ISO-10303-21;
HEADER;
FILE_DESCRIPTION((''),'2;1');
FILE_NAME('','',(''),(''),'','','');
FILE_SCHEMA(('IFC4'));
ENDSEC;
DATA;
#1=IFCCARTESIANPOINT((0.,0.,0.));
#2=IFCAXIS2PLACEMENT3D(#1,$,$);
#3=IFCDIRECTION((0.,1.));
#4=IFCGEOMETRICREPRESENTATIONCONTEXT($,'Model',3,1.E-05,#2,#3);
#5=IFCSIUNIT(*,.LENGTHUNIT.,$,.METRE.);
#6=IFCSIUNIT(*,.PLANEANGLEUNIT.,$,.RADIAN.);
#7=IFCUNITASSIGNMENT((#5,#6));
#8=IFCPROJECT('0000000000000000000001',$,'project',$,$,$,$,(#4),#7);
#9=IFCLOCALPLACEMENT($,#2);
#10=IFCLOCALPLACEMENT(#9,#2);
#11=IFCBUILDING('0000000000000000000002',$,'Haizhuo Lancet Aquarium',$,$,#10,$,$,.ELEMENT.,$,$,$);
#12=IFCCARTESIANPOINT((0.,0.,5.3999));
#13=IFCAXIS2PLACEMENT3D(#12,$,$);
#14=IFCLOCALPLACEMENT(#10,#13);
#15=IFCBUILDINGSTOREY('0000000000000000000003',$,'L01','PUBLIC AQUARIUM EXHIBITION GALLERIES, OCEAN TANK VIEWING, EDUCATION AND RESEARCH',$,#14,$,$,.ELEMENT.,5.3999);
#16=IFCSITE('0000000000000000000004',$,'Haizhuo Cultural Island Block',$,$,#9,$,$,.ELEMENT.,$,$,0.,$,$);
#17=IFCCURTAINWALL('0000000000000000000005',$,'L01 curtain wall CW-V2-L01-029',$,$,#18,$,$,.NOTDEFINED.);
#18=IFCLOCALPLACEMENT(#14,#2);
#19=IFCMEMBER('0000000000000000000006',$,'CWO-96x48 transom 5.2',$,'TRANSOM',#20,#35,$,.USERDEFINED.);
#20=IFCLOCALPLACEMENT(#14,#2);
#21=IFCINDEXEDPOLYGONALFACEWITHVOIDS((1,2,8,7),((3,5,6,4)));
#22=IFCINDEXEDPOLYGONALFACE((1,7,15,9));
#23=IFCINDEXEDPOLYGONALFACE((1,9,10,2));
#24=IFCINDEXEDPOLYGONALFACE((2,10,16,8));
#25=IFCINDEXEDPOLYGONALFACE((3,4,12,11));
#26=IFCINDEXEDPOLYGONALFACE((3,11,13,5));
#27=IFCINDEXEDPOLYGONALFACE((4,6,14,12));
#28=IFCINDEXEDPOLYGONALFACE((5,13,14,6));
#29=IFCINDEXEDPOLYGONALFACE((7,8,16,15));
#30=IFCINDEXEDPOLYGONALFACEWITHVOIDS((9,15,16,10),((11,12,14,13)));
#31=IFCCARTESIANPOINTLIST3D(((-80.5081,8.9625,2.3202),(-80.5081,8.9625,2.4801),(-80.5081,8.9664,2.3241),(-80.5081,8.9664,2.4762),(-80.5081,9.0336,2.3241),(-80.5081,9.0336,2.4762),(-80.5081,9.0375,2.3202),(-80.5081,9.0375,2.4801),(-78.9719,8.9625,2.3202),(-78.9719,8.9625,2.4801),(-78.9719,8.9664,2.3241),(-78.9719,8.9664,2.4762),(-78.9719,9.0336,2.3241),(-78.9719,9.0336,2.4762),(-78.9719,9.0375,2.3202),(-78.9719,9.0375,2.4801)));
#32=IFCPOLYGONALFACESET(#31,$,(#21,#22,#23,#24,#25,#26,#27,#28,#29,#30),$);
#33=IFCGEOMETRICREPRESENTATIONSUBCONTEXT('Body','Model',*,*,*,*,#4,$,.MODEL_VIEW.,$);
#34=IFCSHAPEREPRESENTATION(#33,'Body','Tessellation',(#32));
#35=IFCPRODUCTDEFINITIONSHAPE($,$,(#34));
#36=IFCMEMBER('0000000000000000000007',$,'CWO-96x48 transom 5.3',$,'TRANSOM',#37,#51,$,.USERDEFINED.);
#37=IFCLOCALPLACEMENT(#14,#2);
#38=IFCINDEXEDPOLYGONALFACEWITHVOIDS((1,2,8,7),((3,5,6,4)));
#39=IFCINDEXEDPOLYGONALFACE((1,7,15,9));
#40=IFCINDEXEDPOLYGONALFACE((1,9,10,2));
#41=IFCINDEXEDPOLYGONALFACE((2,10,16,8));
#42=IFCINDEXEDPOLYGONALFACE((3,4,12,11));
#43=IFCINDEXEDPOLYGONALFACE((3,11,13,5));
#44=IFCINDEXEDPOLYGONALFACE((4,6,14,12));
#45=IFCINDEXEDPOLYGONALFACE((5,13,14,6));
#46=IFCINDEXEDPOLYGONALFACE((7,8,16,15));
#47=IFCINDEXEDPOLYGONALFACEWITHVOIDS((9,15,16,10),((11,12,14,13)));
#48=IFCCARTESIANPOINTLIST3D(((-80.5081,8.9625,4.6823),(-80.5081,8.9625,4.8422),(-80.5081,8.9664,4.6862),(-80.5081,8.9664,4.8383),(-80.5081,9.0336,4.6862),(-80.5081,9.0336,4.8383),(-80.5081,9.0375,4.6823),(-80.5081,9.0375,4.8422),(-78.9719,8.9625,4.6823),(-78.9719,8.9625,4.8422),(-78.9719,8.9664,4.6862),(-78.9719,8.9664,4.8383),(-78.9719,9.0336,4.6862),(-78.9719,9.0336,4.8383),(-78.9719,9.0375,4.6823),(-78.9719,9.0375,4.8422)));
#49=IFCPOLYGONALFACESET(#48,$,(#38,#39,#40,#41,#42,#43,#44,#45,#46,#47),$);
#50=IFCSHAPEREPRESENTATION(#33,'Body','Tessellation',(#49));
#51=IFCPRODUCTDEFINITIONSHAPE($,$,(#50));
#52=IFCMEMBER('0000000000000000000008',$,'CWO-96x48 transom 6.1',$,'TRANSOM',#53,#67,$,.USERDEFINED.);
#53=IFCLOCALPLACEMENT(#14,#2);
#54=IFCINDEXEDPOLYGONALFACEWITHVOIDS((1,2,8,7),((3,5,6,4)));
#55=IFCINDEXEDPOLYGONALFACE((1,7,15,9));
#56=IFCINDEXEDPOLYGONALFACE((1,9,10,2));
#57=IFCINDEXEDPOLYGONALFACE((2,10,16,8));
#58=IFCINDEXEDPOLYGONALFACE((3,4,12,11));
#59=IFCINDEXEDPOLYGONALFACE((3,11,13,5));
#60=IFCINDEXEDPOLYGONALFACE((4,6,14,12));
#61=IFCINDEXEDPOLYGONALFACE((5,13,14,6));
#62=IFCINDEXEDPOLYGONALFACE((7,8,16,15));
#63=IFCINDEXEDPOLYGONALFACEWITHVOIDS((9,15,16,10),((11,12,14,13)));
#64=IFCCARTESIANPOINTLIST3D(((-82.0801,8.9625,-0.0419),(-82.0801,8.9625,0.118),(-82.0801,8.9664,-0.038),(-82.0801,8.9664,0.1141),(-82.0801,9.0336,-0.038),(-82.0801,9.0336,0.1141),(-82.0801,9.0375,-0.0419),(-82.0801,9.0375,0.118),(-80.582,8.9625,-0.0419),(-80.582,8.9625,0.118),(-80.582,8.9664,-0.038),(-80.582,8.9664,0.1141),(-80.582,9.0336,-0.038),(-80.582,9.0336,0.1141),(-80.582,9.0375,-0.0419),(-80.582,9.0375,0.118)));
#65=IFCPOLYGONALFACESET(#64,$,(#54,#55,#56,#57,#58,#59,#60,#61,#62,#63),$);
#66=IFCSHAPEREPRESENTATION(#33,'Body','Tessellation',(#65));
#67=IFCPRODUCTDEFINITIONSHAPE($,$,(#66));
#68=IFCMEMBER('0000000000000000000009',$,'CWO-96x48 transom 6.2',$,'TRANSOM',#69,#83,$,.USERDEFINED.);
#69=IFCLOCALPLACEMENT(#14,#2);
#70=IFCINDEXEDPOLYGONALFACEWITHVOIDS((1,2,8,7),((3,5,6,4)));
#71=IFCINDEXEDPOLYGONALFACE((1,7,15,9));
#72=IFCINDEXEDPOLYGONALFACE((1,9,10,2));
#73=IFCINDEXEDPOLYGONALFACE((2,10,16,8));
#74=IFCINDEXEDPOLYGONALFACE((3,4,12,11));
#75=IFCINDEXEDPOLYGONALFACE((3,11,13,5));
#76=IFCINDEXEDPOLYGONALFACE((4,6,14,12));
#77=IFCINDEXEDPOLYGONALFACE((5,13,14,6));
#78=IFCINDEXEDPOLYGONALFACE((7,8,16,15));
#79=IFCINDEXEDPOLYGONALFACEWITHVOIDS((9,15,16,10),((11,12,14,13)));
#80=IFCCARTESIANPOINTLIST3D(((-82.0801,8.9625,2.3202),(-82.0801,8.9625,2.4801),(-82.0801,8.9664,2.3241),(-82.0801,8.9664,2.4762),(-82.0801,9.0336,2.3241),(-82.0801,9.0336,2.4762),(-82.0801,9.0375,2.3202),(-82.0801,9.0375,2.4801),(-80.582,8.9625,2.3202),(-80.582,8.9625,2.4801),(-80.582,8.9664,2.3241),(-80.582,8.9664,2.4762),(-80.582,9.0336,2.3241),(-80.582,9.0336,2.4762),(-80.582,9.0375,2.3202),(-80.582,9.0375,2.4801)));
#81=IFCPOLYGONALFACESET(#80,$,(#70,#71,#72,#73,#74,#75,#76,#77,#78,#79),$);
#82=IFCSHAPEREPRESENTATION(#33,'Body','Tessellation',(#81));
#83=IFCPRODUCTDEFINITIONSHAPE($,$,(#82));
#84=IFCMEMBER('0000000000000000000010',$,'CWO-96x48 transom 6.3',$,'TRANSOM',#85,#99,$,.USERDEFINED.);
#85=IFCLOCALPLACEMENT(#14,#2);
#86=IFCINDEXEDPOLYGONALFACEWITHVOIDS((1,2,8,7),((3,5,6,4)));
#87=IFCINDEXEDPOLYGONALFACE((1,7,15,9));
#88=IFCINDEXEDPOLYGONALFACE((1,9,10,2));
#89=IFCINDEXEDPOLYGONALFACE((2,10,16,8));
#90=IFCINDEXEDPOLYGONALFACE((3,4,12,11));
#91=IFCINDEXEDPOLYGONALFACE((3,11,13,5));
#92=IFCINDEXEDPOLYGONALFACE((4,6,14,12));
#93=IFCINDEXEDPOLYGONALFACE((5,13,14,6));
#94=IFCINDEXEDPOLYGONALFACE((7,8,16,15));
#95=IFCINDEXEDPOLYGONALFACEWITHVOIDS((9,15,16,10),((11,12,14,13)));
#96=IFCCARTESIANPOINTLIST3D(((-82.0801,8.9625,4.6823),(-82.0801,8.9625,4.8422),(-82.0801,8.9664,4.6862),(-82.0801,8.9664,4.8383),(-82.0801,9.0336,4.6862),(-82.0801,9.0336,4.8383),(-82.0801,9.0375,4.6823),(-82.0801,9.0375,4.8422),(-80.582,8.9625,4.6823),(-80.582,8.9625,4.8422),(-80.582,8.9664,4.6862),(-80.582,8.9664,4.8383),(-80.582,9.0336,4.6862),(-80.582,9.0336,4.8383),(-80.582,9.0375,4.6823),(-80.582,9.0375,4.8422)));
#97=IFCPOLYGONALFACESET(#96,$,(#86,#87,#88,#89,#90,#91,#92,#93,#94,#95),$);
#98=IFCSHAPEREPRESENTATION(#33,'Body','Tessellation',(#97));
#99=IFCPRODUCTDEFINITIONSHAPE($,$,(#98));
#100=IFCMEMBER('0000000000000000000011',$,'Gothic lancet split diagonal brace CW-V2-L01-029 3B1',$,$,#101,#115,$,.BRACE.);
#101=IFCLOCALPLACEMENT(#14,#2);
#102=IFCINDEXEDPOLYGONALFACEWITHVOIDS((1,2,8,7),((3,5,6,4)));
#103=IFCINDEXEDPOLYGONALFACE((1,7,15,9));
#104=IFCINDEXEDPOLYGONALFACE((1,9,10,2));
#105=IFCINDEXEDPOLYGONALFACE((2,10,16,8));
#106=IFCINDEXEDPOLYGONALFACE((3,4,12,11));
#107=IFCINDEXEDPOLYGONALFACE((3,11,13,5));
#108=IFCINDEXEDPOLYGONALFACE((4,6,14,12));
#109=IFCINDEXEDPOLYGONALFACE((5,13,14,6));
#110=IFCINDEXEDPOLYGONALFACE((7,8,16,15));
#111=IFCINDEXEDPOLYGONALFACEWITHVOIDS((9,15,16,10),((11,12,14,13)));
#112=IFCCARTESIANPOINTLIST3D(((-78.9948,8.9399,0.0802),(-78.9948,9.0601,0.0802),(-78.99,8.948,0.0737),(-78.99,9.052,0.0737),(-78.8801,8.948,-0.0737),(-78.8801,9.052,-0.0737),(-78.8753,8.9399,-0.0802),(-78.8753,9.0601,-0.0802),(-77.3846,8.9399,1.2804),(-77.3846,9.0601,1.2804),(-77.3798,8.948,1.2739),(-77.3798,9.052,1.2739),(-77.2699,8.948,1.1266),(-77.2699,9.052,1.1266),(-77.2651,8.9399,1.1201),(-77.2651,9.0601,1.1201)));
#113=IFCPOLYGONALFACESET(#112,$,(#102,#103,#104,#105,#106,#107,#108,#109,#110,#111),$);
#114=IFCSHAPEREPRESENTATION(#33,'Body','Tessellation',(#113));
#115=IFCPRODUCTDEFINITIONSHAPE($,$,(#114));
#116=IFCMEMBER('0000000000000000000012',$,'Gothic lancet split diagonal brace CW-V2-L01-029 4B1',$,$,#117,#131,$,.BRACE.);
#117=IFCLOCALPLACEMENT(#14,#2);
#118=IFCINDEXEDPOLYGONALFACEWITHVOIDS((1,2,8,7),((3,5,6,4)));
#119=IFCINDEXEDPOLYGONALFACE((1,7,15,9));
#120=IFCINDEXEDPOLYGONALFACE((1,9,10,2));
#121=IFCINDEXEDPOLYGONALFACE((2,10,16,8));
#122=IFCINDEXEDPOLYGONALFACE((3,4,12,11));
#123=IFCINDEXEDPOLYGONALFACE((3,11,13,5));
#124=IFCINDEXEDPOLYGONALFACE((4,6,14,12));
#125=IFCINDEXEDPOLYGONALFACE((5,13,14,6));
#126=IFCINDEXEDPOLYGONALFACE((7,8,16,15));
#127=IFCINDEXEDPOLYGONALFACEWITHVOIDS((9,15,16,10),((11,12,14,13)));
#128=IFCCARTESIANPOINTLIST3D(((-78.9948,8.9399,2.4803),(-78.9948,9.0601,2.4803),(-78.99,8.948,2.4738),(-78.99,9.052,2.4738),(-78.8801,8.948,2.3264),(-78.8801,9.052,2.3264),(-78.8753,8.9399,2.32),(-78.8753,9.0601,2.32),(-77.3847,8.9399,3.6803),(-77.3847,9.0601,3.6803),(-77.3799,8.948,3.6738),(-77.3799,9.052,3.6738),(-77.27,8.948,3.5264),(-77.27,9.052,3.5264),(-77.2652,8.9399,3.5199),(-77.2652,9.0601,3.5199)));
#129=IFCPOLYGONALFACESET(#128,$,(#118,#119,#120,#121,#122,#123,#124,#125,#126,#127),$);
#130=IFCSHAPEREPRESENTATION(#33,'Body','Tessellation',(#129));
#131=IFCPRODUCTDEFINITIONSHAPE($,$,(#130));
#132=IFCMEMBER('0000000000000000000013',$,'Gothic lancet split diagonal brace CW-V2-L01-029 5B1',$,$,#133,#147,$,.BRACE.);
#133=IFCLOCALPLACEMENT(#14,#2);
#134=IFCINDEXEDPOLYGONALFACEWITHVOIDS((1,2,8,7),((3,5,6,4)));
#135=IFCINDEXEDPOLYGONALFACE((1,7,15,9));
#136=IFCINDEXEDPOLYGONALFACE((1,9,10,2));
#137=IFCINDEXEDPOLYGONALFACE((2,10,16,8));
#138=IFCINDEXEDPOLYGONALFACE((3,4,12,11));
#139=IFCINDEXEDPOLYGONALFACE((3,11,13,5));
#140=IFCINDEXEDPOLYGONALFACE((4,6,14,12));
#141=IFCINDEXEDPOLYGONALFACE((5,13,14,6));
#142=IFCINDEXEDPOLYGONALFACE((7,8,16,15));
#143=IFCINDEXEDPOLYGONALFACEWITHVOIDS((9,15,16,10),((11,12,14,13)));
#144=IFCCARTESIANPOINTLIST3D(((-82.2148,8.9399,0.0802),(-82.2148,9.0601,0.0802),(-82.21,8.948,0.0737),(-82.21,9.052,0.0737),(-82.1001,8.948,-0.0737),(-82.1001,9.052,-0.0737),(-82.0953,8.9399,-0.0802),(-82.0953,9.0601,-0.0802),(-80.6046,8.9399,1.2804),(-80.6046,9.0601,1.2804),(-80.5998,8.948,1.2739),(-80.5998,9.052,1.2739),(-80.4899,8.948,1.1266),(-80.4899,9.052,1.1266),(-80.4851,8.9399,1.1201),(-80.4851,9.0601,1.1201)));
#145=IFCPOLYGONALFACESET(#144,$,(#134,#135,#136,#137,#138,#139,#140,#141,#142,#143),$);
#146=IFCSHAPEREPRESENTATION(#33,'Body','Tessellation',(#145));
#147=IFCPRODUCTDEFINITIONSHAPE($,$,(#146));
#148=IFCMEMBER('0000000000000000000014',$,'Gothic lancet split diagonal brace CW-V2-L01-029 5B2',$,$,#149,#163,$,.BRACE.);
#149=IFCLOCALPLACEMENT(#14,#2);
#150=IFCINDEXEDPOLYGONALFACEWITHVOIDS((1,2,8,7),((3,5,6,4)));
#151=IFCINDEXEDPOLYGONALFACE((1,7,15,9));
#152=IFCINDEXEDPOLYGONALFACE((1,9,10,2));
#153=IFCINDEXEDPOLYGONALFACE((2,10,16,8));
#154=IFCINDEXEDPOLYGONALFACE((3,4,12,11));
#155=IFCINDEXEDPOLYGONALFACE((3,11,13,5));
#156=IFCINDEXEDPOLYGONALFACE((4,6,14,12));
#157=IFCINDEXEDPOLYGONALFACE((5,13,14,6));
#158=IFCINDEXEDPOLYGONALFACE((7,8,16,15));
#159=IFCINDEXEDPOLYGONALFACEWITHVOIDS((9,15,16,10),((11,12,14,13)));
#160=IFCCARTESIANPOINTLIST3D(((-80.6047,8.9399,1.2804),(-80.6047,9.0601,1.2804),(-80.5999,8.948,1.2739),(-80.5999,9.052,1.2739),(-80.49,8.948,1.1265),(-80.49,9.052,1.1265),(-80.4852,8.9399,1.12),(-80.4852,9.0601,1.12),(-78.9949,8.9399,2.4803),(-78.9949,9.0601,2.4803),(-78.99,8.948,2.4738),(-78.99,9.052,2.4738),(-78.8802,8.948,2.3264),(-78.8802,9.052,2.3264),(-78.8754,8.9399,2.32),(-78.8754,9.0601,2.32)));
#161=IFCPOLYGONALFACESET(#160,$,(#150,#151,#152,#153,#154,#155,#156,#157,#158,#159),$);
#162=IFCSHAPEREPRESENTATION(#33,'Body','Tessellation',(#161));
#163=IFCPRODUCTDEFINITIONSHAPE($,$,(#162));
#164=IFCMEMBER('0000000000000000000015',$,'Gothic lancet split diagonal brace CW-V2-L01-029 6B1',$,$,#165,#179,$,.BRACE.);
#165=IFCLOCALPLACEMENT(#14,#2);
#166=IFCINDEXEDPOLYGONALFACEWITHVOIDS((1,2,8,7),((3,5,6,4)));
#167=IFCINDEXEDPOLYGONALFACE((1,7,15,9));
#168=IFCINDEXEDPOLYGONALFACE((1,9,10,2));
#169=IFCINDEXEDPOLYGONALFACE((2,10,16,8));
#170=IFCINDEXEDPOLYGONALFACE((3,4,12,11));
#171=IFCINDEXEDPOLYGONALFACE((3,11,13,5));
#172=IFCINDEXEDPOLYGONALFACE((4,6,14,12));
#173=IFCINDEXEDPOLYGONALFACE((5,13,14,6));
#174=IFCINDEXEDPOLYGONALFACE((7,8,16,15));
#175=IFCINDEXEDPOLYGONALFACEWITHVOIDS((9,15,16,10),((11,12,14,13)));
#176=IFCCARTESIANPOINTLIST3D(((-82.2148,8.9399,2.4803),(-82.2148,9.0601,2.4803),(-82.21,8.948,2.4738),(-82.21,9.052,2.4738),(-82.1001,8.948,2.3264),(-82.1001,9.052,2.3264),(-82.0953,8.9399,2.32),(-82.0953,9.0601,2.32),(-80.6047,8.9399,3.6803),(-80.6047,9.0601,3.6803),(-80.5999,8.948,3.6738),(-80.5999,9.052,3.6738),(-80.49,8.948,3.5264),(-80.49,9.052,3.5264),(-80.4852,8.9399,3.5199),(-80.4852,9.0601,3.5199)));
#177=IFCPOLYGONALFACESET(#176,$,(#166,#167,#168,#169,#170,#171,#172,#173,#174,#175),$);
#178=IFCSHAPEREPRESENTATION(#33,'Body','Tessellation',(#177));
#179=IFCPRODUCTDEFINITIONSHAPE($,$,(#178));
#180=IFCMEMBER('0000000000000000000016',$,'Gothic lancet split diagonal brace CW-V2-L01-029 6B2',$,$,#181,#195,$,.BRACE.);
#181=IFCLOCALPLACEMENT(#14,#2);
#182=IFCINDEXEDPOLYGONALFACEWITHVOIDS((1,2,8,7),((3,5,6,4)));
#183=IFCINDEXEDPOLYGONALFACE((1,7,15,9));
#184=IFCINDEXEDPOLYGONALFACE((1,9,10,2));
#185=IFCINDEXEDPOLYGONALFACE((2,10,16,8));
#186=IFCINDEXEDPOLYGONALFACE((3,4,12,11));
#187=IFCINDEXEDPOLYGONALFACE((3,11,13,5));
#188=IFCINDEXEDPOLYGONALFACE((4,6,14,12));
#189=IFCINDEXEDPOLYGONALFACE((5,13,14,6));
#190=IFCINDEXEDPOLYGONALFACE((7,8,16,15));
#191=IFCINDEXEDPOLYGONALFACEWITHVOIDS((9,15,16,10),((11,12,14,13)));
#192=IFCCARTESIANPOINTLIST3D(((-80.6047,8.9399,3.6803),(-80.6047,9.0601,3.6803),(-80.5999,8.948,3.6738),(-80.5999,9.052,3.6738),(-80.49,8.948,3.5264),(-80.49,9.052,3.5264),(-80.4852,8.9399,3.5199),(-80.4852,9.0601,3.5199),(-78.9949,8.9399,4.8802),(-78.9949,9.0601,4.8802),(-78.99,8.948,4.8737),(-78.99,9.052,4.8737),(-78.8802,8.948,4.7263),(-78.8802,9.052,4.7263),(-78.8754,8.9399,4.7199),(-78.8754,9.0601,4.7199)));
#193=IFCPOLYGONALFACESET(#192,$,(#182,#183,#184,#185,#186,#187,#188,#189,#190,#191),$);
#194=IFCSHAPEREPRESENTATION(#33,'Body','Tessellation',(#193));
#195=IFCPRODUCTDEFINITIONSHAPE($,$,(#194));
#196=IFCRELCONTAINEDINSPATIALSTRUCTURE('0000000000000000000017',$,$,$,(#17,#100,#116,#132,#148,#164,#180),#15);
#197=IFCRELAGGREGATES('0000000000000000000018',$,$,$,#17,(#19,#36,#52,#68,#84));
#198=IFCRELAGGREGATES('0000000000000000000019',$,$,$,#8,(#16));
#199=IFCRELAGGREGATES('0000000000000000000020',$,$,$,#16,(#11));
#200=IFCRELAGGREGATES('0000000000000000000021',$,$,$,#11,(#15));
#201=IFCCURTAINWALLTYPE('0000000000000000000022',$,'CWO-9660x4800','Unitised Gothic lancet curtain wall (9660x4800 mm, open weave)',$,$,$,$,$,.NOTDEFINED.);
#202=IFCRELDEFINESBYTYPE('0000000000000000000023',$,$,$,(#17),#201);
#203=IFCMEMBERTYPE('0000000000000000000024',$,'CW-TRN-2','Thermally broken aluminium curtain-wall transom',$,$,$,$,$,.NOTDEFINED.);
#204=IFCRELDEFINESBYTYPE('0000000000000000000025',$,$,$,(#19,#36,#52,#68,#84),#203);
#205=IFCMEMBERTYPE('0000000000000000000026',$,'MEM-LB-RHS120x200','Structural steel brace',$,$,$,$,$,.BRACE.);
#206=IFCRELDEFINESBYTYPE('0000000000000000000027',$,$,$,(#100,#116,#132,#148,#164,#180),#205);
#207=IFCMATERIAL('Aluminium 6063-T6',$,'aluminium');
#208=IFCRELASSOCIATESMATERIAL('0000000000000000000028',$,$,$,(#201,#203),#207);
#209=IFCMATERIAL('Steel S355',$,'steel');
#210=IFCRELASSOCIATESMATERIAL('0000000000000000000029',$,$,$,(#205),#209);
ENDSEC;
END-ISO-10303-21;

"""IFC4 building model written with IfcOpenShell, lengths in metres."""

from ifc_helpers import new_model, si_unit, direction, frame, origin, origin_2d, place, context, subcontext, project, spatial, hollow_rectangle, extrude, material, material_profile, profile_set, type_object, element, aggregate, save


model = new_model("IFC4")

# Units and contexts
model_context = context("Model", 3, precision=1e-05, world=origin(), true_north=direction((0.0, 1.0)))
body_context = subcontext(model_context, "Body", "Model", "MODEL_VIEW")
ifc_project = project(units=[si_unit("LENGTHUNIT", "METRE"), si_unit("PLANEANGLEUNIT", "RADIAN")], contexts=[model_context])

# Site, building, storey
site_placement = place(None, origin())
site = spatial("IfcSite", under=ifc_project, at=site_placement, Name="Haizhuo Cultural Island Block", CompositionType="ELEMENT", RefElevation=0.0)
building_placement = place(site_placement, origin())
building = spatial("IfcBuilding", under=site, at=building_placement, Name="Haizhuo Lancet Aquarium", CompositionType="ELEMENT")
storey_placement = place(building_placement, frame((0.0, 0.0, 5.3999)))
storey = spatial("IfcBuildingStorey", under=building, at=storey_placement, Name="L01", Description="PUBLIC AQUARIUM EXHIBITION GALLERIES, OCEAN TANK VIEWING, EDUCATION AND RESEARCH", CompositionType="ELEMENT", Elevation=5.3999)

# Shared definitions
ifc_material_1 = material(Name="Steel S355", Category="steel")

# Curtain wall, members
ifc_material_2 = material(Name="Aluminium 6063-T6", Category="aluminium")
curtain_wall_type = type_object("IfcCurtainWallType", Name="CWO-9660x4800", Description="Unitised Gothic lancet curtain wall (9660x4800 mm, open weave)", PredefinedType="NOTDEFINED", material=ifc_material_2)
curtain_wall_placement = place(storey_placement, origin())
curtain_wall = element("IfcCurtainWall", 1, at=curtain_wall_placement, inside=storey, type_object=curtain_wall_type, Name="L01 curtain wall CW-V2-L01-029", PredefinedType="NOTDEFINED")
ifc_material_profile_1 = material_profile(ifc_material_2, hollow_rectangle(XDim=0.075, YDim=0.1599, WallThickness=0.0039, at=origin_2d()), Name="ALU-T 75x160x4")
ifc_profile_set_1 = profile_set([ifc_material_profile_1], Name="Aluminium 6063-T6")
member_type_1 = type_object("IfcMemberType", Name="CW-TRN-2", Description="Thermally broken aluminium curtain-wall transom", PredefinedType="NOTDEFINED", material=ifc_profile_set_1)
member_1_placement = place(storey_placement, frame((-78.9719, 9.0, 2.4001), z_axis=(-1.0, 0.0, 0.0), x_axis=(0.0, -1.0, 0.0)))
member_1 = element("IfcMember", 2, at=member_1_placement, type_object=member_type_1, Name="CWO-96x48 transom 5.2", ObjectType="TRANSOM", PredefinedType="USERDEFINED", context=body_context, shape_type="SweptSolid", body=[
    extrude(hollow_rectangle(XDim=0.075, YDim=0.1599, WallThickness=0.0039, at=origin_2d()), origin(), (0.0, 0.0, 1.0), 1.5361),
])
member_2_placement = place(storey_placement, frame((-78.9719, 9.0, 4.7622), z_axis=(-1.0, 0.0, 0.0), x_axis=(0.0, -1.0, 0.0)))
member_2 = element("IfcMember", 3, at=member_2_placement, type_object=member_type_1, Name="CWO-96x48 transom 5.3", ObjectType="TRANSOM", PredefinedType="USERDEFINED", context=body_context, shape_type="SweptSolid", body=[
    extrude(hollow_rectangle(XDim=0.075, YDim=0.1599, WallThickness=0.0039, at=origin_2d()), origin(), (0.0, 0.0, 1.0), 1.5361),
])
member_3_placement = place(storey_placement, frame((-80.582, 9.0, 0.0381), z_axis=(-1.0, 0.0, 0.0), x_axis=(0.0, -1.0, 0.0)))
member_3 = element("IfcMember", 4, at=member_3_placement, type_object=member_type_1, Name="CWO-96x48 transom 6.1", ObjectType="TRANSOM", PredefinedType="USERDEFINED", context=body_context, shape_type="SweptSolid", body=[
    extrude(hollow_rectangle(XDim=0.075, YDim=0.1599, WallThickness=0.0039, at=origin_2d()), origin(), (0.0, 0.0, 1.0), 1.498),
])
member_4_placement = place(storey_placement, frame((-80.582, 9.0, 2.4001), z_axis=(-1.0, 0.0, 0.0), x_axis=(0.0, -1.0, 0.0)))
member_4 = element("IfcMember", 5, at=member_4_placement, type_object=member_type_1, Name="CWO-96x48 transom 6.2", ObjectType="TRANSOM", PredefinedType="USERDEFINED", context=body_context, shape_type="SweptSolid", body=[
    extrude(hollow_rectangle(XDim=0.075, YDim=0.1599, WallThickness=0.0039, at=origin_2d()), origin(), (0.0, 0.0, 1.0), 1.498),
])
member_5_placement = place(storey_placement, frame((-80.582, 9.0, 4.7622), z_axis=(-1.0, 0.0, 0.0), x_axis=(0.0, -1.0, 0.0)))
member_5 = element("IfcMember", 6, at=member_5_placement, type_object=member_type_1, Name="CWO-96x48 transom 6.3", ObjectType="TRANSOM", PredefinedType="USERDEFINED", context=body_context, shape_type="SweptSolid", body=[
    extrude(hollow_rectangle(XDim=0.075, YDim=0.1599, WallThickness=0.0039, at=origin_2d()), origin(), (0.0, 0.0, 1.0), 1.498),
])

# Members
ifc_material_profile_2 = material_profile(ifc_material_1, hollow_rectangle(XDim=0.1201, YDim=0.2, WallThickness=0.0081, at=origin_2d()), Name="RHS 120x200x8")
ifc_profile_set_2 = profile_set([ifc_material_profile_2], Name="Steel S355")
member_type_2 = type_object("IfcMemberType", Name="MEM-LB-RHS120x200", Description="Structural steel brace", PredefinedType="BRACE", material=ifc_profile_set_2)
member_6_placement = place(storey_placement, frame((-78.9351, 9.0, 0.0), z_axis=(0.801762, 0.0, 0.597644), x_axis=(0.0, 1.0, 0.0)))
element("IfcMember", 7, at=member_6_placement, inside=storey, type_object=member_type_2, Name="Gothic lancet split diagonal brace CW-V2-L01-029 3B1", PredefinedType="BRACE", context=body_context, shape_type="SweptSolid", body=[
    extrude(hollow_rectangle(XDim=0.1201, YDim=0.2, WallThickness=0.0081, at=origin_2d()), origin(), (0.0, 0.0, 1.0), 2.0083),
])
member_7_placement = place(storey_placement, frame((-78.9351, 9.0, 2.4001), z_axis=(0.80182, 0.0, 0.597566), x_axis=(0.0, 1.0, 0.0)))
element("IfcMember", 8, at=member_7_placement, inside=storey, type_object=member_type_2, Name="Gothic lancet split diagonal brace CW-V2-L01-029 4B1", PredefinedType="BRACE", context=body_context, shape_type="SweptSolid", body=[
    extrude(hollow_rectangle(XDim=0.1201, YDim=0.2, WallThickness=0.0081, at=origin_2d()), origin(), (0.0, 0.0, 1.0), 2.0081),
])
member_8_placement = place(storey_placement, frame((-82.155, 9.0, 0.0), z_axis=(0.801762, 0.0, 0.597644), x_axis=(0.0, 1.0, 0.0)))
element("IfcMember", 9, at=member_8_placement, inside=storey, type_object=member_type_2, Name="Gothic lancet split diagonal brace CW-V2-L01-029 5B1", PredefinedType="BRACE", context=body_context, shape_type="SweptSolid", body=[
    extrude(hollow_rectangle(XDim=0.1201, YDim=0.2, WallThickness=0.0081, at=origin_2d()), origin(), (0.0, 0.0, 1.0), 2.0083),
])
member_9_placement = place(storey_placement, frame((-80.5449, 9.0, 1.2002), z_axis=(0.801777, 0.0, 0.597624), x_axis=(0.0, 1.0, 0.0)))
element("IfcMember", 10, at=member_9_placement, inside=storey, type_object=member_type_2, Name="Gothic lancet split diagonal brace CW-V2-L01-029 5B2", PredefinedType="BRACE", context=body_context, shape_type="SweptSolid", body=[
    extrude(hollow_rectangle(XDim=0.1201, YDim=0.2, WallThickness=0.0081, at=origin_2d()), origin(), (0.0, 0.0, 1.0), 2.0078),
])
member_10_placement = place(storey_placement, frame((-82.155, 9.0, 2.4001), z_axis=(0.80182, 0.0, 0.597566), x_axis=(0.0, 1.0, 0.0)))
element("IfcMember", 11, at=member_10_placement, inside=storey, type_object=member_type_2, Name="Gothic lancet split diagonal brace CW-V2-L01-029 6B1", PredefinedType="BRACE", context=body_context, shape_type="SweptSolid", body=[
    extrude(hollow_rectangle(XDim=0.1201, YDim=0.2, WallThickness=0.0081, at=origin_2d()), origin(), (0.0, 0.0, 1.0), 2.0081),
])
member_11_placement = place(storey_placement, frame((-80.5449, 9.0, 3.6001), z_axis=(0.801777, 0.0, 0.597624), x_axis=(0.0, 1.0, 0.0)))
element("IfcMember", 12, at=member_11_placement, inside=storey, type_object=member_type_2, Name="Gothic lancet split diagonal brace CW-V2-L01-029 6B2", PredefinedType="BRACE", context=body_context, shape_type="SweptSolid", body=[
    extrude(hollow_rectangle(XDim=0.1201, YDim=0.2, WallThickness=0.0081, at=origin_2d()), origin(), (0.0, 0.0, 1.0), 2.0078),
])

aggregate(curtain_wall, [member_1, member_2, member_3, member_4, member_5])

save(model, "model.ifc")
